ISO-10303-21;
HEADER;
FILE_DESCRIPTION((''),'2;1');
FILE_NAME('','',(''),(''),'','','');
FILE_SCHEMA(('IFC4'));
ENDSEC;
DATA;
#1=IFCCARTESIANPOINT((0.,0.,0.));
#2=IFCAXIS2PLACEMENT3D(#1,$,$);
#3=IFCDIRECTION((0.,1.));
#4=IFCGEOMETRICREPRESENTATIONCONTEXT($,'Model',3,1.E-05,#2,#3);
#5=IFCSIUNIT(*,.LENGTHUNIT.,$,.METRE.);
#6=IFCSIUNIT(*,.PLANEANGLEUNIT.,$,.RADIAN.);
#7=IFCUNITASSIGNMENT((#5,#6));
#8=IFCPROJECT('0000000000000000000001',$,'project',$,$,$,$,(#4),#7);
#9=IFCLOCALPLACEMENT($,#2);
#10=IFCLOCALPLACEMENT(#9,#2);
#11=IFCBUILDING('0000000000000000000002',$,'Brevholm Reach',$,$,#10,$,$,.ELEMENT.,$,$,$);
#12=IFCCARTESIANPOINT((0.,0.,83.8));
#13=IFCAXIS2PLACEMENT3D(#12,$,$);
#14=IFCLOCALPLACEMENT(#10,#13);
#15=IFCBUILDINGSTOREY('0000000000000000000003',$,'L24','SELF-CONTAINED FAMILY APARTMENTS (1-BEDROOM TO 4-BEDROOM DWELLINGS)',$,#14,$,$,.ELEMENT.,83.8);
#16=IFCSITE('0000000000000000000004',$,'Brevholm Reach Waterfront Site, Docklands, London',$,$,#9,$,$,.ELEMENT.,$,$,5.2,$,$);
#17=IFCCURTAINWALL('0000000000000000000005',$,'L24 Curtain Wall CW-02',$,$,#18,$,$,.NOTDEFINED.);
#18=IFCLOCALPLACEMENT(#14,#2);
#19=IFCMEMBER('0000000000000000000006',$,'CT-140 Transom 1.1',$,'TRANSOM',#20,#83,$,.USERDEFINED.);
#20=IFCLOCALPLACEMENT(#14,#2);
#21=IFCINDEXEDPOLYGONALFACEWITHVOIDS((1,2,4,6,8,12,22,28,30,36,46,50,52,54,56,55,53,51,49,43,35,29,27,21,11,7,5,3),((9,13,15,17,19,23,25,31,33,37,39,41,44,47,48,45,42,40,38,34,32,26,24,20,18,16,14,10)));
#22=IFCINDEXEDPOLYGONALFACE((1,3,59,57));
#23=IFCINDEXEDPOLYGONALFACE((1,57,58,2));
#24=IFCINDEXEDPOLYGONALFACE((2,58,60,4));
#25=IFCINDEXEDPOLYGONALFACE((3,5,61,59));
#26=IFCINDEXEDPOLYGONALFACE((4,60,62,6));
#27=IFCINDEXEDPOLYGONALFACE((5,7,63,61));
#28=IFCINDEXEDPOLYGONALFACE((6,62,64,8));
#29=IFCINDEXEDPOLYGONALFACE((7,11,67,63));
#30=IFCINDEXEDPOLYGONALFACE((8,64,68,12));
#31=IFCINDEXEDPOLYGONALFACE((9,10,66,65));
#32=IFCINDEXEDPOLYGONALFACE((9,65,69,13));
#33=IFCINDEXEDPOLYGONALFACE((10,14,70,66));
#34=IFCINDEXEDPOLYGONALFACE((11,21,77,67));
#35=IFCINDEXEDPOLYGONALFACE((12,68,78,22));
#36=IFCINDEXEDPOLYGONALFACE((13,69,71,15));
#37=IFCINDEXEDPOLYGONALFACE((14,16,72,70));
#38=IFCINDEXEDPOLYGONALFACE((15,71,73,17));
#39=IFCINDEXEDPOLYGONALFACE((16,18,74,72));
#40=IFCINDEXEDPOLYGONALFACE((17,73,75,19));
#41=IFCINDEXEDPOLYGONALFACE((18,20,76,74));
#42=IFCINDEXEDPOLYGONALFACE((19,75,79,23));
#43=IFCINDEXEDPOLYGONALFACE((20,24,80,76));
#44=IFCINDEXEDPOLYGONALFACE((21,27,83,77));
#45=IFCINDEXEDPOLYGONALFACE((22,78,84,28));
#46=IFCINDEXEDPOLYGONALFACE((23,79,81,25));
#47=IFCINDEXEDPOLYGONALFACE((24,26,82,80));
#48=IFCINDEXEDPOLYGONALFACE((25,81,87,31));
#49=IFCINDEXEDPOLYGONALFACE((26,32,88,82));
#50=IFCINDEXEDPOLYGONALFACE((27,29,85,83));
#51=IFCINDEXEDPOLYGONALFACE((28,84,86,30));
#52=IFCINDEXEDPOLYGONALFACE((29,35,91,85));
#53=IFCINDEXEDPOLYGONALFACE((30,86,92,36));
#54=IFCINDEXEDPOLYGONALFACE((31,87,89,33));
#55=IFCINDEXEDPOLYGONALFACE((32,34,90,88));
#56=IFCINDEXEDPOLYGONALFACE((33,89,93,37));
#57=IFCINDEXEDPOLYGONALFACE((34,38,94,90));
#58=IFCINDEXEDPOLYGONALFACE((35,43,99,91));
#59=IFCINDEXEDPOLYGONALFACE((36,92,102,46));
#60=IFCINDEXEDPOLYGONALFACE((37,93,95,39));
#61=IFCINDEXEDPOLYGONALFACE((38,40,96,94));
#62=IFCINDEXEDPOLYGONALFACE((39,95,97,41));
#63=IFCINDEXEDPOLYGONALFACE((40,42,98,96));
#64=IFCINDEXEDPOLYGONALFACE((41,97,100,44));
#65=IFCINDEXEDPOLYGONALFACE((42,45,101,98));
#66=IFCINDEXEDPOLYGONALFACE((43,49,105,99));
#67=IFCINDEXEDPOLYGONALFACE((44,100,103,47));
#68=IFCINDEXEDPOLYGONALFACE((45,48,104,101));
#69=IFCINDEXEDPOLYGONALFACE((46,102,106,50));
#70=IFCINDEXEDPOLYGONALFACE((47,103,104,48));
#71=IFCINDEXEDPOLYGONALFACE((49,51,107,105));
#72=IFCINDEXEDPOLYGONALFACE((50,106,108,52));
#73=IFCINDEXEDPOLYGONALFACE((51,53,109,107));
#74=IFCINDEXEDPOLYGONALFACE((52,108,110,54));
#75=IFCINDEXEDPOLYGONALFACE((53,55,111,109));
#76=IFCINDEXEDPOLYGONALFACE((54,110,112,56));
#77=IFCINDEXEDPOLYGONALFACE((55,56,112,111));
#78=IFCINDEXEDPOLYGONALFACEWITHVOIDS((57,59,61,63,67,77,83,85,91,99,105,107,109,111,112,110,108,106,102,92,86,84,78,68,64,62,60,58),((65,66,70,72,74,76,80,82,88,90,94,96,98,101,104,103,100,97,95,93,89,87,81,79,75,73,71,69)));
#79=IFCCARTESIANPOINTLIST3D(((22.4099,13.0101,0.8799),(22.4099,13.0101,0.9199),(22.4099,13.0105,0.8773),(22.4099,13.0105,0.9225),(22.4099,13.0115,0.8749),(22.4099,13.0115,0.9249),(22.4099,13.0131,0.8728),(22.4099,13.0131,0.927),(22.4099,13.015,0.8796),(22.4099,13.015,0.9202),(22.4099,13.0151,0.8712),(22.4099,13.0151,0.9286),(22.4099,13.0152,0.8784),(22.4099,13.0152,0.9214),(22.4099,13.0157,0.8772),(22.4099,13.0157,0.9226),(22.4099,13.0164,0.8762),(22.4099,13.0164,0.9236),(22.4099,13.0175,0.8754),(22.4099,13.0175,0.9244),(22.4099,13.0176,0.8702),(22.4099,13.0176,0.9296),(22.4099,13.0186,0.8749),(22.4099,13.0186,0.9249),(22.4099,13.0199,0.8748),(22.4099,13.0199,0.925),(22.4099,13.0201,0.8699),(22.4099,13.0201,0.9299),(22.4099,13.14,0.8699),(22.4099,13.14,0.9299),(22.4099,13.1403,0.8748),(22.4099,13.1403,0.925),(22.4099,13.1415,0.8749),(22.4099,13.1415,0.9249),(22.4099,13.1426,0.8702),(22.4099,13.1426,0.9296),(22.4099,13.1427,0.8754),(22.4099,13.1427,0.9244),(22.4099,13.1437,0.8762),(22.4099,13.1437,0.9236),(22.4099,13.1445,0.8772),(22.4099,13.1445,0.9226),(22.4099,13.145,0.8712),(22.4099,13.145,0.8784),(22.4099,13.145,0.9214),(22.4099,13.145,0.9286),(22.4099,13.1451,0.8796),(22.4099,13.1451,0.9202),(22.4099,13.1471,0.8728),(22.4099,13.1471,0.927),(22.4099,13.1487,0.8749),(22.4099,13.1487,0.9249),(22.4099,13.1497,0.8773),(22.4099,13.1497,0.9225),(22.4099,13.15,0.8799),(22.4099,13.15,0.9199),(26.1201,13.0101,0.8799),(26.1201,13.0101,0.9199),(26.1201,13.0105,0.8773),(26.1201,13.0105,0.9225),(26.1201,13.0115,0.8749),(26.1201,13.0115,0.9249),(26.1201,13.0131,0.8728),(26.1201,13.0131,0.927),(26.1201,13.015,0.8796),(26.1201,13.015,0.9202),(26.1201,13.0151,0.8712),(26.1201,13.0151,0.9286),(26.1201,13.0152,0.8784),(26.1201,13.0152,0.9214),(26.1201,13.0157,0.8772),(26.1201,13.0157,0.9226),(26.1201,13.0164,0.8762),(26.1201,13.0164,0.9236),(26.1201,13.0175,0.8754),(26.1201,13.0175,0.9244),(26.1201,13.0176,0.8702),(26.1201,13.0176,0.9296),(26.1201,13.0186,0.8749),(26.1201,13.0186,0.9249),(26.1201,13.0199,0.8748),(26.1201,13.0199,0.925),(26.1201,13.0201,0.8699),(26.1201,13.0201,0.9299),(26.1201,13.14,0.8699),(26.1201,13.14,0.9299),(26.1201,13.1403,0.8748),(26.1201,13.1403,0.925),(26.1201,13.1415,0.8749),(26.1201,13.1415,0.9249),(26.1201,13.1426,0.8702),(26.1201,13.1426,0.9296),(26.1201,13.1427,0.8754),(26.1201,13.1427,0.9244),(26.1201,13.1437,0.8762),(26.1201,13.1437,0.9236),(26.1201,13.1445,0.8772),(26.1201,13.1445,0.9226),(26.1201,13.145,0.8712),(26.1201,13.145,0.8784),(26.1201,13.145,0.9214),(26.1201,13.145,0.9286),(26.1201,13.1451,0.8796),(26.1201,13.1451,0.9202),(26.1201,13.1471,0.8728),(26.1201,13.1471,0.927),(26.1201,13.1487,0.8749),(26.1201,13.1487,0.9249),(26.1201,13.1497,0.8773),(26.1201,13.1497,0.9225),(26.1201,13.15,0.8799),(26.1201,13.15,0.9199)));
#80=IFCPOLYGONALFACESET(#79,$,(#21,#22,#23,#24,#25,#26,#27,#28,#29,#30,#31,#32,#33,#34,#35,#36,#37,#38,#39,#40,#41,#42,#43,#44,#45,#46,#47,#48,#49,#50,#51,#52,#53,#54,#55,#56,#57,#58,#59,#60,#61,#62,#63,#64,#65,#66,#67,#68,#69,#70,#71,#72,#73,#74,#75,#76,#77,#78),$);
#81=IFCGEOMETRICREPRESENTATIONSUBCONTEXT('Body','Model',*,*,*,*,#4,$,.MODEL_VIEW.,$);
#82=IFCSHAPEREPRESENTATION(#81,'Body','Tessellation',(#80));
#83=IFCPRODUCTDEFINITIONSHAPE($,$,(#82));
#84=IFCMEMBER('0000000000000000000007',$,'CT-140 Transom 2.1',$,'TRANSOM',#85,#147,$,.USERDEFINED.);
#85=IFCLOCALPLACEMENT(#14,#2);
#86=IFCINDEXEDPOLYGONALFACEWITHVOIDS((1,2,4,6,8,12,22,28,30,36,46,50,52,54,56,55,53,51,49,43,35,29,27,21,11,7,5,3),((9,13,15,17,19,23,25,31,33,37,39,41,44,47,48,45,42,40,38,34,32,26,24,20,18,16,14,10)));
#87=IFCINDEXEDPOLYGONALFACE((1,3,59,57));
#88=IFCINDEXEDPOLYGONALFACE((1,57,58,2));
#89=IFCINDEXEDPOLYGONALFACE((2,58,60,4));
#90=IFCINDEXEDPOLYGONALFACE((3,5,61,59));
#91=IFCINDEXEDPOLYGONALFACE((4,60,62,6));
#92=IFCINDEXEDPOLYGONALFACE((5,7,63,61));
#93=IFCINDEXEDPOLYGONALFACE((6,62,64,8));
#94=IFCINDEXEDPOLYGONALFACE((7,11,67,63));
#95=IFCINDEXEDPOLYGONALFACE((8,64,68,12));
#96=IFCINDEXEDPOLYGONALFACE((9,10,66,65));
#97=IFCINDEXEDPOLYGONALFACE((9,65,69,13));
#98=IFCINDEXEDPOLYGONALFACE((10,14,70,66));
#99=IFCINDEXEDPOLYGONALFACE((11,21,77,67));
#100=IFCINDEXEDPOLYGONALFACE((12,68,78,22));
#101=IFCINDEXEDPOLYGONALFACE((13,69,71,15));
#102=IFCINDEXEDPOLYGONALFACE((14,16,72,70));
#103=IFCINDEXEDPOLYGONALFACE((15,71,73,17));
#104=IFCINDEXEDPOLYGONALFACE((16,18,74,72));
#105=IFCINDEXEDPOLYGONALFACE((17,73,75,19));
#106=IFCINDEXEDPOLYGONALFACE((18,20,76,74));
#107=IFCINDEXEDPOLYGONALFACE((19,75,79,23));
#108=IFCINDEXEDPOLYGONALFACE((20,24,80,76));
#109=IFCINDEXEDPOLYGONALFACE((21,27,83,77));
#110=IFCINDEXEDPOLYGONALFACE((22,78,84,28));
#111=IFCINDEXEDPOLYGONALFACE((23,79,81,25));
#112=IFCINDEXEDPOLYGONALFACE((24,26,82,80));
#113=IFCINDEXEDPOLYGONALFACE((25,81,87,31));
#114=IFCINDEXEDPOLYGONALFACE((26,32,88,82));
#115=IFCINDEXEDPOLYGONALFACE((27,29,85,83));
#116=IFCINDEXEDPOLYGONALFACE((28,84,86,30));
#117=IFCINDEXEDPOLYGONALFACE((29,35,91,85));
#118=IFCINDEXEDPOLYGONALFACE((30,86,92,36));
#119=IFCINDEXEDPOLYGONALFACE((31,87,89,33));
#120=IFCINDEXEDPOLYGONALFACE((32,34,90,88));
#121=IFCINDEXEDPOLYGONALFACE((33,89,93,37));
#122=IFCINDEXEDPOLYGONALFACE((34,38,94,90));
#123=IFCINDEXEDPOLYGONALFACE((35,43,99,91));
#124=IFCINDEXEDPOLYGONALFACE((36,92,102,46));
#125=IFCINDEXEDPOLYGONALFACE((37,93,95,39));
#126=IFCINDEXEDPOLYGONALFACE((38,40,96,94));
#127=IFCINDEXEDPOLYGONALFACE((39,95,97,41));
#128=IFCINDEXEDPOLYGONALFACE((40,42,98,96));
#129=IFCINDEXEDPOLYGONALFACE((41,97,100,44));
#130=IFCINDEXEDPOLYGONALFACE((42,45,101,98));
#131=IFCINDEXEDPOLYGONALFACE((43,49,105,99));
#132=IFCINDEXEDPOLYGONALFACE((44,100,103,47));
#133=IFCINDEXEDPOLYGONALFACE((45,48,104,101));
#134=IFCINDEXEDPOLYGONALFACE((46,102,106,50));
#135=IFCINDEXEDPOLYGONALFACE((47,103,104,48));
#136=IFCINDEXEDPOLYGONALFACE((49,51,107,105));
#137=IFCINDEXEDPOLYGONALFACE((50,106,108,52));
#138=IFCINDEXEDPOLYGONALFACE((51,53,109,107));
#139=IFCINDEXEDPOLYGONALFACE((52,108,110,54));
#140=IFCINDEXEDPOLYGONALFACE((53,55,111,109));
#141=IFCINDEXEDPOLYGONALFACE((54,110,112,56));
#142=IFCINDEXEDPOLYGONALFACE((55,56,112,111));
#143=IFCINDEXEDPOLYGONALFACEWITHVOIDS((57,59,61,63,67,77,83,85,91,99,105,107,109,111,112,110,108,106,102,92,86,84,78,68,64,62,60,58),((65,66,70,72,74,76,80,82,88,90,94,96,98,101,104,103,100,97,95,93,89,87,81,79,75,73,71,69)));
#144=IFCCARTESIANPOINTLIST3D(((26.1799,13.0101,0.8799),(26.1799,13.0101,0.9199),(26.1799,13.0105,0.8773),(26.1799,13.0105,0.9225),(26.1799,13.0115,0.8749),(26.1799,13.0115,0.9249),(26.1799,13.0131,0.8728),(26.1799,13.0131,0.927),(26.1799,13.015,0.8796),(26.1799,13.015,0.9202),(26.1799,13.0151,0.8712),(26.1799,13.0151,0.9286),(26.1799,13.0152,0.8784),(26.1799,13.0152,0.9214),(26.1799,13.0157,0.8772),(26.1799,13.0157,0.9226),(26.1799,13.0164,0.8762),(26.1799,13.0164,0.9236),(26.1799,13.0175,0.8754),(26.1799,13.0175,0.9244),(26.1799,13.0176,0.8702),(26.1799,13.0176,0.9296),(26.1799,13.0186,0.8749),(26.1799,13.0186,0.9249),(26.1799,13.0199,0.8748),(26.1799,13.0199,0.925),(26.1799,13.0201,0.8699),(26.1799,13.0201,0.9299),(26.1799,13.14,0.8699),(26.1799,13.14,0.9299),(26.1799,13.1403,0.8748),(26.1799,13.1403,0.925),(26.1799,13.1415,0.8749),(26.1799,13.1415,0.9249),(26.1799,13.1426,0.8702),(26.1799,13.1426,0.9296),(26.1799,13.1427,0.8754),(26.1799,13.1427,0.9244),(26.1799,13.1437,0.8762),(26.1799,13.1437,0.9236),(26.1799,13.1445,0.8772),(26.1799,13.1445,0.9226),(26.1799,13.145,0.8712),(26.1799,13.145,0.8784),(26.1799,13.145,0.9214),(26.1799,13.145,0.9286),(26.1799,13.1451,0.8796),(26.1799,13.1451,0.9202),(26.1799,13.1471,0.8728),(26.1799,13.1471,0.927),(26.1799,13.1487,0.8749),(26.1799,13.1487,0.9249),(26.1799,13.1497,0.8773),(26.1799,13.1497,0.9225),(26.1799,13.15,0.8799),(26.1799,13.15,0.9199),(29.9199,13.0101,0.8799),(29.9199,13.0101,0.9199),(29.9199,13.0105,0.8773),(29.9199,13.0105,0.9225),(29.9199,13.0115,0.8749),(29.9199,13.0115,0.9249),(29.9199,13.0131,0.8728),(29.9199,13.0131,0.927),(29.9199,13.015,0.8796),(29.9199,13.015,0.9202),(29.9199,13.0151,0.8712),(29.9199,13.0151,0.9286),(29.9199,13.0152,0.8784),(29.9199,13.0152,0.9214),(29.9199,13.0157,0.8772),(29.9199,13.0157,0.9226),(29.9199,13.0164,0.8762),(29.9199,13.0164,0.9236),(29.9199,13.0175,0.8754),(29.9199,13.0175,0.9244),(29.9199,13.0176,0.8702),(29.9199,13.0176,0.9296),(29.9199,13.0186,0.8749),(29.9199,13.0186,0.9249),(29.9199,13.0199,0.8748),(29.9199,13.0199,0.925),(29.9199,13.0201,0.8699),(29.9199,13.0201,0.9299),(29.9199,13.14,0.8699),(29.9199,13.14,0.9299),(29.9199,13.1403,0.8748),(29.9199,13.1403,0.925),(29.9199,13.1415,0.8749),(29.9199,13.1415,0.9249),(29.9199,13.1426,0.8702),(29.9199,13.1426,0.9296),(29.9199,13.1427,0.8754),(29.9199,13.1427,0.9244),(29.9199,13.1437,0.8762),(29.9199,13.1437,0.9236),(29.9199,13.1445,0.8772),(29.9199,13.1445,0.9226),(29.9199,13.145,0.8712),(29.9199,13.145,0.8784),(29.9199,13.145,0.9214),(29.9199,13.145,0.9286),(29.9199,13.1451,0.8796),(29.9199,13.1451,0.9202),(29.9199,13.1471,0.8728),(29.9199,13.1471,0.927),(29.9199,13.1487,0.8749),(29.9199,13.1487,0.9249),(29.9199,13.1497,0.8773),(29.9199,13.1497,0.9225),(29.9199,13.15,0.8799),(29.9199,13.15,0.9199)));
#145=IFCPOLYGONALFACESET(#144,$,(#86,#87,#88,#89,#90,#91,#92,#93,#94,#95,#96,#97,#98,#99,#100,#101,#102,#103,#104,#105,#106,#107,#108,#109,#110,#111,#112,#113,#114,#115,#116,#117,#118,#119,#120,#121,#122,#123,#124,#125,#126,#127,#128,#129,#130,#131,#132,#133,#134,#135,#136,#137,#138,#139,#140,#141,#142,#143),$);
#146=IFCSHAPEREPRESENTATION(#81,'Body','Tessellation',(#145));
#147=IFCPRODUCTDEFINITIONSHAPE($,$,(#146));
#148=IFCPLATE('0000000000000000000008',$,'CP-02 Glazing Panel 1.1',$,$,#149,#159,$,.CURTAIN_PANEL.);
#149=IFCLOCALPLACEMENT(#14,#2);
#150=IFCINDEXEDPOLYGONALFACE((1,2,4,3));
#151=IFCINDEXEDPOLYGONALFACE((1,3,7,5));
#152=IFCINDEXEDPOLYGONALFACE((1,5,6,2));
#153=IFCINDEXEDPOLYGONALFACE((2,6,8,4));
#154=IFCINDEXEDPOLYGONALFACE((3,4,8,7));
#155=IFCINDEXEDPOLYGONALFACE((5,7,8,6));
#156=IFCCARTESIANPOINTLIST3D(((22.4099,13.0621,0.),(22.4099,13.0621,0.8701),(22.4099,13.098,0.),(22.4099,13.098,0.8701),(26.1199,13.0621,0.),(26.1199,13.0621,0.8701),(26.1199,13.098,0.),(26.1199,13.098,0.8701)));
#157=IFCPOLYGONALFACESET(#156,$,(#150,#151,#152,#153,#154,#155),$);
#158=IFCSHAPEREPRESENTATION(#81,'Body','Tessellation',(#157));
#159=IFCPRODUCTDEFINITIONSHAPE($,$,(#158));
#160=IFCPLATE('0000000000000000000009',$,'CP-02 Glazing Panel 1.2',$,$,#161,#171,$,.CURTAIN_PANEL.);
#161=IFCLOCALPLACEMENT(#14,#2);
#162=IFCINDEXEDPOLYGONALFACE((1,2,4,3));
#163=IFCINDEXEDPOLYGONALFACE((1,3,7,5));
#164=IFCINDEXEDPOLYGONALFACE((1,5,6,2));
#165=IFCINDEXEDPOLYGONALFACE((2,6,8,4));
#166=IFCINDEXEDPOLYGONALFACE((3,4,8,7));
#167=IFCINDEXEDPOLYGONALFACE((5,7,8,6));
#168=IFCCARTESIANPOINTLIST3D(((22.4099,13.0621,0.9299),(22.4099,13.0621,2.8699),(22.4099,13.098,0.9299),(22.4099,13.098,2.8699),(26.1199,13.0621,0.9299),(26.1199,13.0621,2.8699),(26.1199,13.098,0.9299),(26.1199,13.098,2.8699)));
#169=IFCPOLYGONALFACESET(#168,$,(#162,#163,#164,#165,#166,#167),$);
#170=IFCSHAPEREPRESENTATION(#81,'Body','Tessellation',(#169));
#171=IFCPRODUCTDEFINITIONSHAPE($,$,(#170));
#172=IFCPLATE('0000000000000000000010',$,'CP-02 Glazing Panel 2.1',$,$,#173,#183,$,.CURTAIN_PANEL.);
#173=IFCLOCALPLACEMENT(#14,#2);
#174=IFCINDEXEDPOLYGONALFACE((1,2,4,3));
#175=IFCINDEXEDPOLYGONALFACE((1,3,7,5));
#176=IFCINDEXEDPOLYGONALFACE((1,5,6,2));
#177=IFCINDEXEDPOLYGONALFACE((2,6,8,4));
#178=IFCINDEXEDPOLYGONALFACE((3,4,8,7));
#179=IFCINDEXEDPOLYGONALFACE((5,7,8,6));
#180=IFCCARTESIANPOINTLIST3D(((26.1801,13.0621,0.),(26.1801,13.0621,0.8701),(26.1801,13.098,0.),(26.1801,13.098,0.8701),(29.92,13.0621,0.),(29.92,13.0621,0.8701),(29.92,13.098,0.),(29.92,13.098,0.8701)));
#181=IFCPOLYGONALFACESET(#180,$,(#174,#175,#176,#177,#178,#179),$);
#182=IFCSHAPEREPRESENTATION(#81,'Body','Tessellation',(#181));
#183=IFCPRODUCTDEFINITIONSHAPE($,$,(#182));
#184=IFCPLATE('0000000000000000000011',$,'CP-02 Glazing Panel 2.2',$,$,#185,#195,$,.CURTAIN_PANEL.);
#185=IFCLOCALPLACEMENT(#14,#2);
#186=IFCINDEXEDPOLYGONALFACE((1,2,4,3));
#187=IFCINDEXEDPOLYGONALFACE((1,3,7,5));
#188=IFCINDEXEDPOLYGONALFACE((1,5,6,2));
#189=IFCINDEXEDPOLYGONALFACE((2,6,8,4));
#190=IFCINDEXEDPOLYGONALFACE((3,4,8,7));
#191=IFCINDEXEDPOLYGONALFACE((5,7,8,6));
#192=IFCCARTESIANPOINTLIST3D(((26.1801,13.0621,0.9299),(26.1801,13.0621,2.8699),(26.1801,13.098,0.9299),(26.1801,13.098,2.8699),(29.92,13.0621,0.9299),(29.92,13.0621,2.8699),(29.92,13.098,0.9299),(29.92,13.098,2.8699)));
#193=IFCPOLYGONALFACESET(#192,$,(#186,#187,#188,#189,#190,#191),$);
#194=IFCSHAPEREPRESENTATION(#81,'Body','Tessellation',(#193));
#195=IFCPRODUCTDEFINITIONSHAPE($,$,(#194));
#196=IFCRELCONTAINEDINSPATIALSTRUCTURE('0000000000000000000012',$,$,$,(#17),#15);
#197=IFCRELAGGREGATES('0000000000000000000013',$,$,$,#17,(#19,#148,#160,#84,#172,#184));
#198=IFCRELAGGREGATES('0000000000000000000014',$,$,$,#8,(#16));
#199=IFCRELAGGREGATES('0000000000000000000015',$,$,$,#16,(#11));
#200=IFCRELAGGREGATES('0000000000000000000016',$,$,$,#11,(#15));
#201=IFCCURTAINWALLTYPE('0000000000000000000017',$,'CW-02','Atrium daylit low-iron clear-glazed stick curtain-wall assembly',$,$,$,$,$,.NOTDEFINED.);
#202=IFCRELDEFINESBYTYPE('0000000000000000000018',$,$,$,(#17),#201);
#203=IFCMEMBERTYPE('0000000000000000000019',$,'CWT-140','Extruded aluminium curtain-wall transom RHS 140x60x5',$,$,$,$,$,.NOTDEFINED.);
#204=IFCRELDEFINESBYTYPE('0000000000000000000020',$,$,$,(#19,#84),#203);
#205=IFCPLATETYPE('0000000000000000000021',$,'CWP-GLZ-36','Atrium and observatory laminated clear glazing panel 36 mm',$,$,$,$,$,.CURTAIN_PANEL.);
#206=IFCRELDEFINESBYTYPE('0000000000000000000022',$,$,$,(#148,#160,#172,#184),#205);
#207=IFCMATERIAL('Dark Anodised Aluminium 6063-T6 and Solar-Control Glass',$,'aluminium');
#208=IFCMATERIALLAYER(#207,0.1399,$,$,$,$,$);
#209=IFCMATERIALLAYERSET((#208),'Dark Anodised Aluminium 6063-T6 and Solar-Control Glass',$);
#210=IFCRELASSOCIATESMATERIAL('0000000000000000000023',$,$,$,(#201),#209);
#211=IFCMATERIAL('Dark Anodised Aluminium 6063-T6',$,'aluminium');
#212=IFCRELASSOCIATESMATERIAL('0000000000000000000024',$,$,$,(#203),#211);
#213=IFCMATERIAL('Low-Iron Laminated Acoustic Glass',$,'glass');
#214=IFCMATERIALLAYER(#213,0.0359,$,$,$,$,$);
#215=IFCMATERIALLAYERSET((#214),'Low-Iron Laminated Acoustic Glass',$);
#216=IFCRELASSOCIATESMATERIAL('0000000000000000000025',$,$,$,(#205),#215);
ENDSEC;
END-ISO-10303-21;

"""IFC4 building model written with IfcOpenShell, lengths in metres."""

from ifc_helpers import new_model, si_unit, direction, frame, origin, origin_2d, place, context, subcontext, project, spatial, rectangle, hollow_rectangle, extrude, material, layer, layer_set, material_profile, profile_set, type_object, element, aggregate, save


model = new_model("IFC4")

# Units and contexts
model_context = context("Model", 3, precision=1e-05, world=origin(), true_north=direction((0.0, 1.0)))
body_context = subcontext(model_context, "Body", "Model", "MODEL_VIEW")
ifc_project = project(units=[si_unit("LENGTHUNIT", "METRE"), si_unit("PLANEANGLEUNIT", "RADIAN")], contexts=[model_context])

# Site, building, storey
site_placement = place(None, origin())
site = spatial("IfcSite", under=ifc_project, at=site_placement, Name="Brevholm Reach Waterfront Site, Docklands, London", CompositionType="ELEMENT", RefElevation=5.2)
building_placement = place(site_placement, origin())
building = spatial("IfcBuilding", under=site, at=building_placement, Name="Brevholm Reach", CompositionType="ELEMENT")
storey_placement = place(building_placement, frame((0.0, 0.0, 83.8)))
storey = spatial("IfcBuildingStorey", under=building, at=storey_placement, Name="L24", Description="SELF-CONTAINED FAMILY APARTMENTS (1-BEDROOM TO 4-BEDROOM DWELLINGS)", CompositionType="ELEMENT", Elevation=83.8)

# Curtain wall, members, plates
ifc_material_1 = material(Name="Dark Anodised Aluminium 6063-T6 and Solar-Control Glass", Category="aluminium")
ifc_layer_1 = layer(ifc_material_1, 0.1399)
ifc_layer_set_1 = layer_set([ifc_layer_1], Name="Dark Anodised Aluminium 6063-T6 and Solar-Control Glass")
curtain_wall_type = type_object("IfcCurtainWallType", Name="CW-02", Description="Atrium daylit low-iron clear-glazed stick curtain-wall assembly", PredefinedType="NOTDEFINED", material=ifc_layer_set_1)
curtain_wall_placement = place(storey_placement, origin())
curtain_wall = element("IfcCurtainWall", 1, at=curtain_wall_placement, inside=storey, type_object=curtain_wall_type, Name="L24 Curtain Wall CW-02", PredefinedType="NOTDEFINED")
ifc_material_2 = material(Name="Dark Anodised Aluminium 6063-T6", Category="aluminium")
ifc_material_profile_1 = material_profile(ifc_material_2, hollow_rectangle(XDim=0.0601, YDim=0.1399, WallThickness=0.0049, InnerFilletRadius=0.0049, OuterFilletRadius=0.01, at=origin_2d()), Name="RHS 140x60x5")
ifc_profile_set_1 = profile_set([ifc_material_profile_1], Name="Dark Anodised Aluminium 6063-T6")
member_type_1 = type_object("IfcMemberType", Name="CWT-140", Description="Extruded aluminium curtain-wall transom RHS 140x60x5", PredefinedType="NOTDEFINED", material=ifc_profile_set_1)
member_1_placement = place(storey_placement, frame((22.4099, 13.0801, 0.8999), z_axis=(1.0, 0.0, 0.0), x_axis=(0.0, 0.0, 1.0)))
member_1 = element("IfcMember", 2, at=member_1_placement, type_object=member_type_1, Name="CT-140 Transom 1.1", ObjectType="TRANSOM", PredefinedType="USERDEFINED", context=body_context, shape_type="SweptSolid", body=[
    extrude(hollow_rectangle(XDim=0.0601, YDim=0.1399, WallThickness=0.0049, InnerFilletRadius=0.0049, OuterFilletRadius=0.01, at=origin_2d()), origin(), (0.0, 0.0, 1.0), 3.7102),
])
member_2_placement = place(storey_placement, frame((26.1799, 13.0801, 0.8999), z_axis=(1.0, 0.0, 0.0), x_axis=(0.0, 0.0, 1.0)))
member_2 = element("IfcMember", 3, at=member_2_placement, type_object=member_type_1, Name="CT-140 Transom 2.1", ObjectType="TRANSOM", PredefinedType="USERDEFINED", context=body_context, shape_type="SweptSolid", body=[
    extrude(hollow_rectangle(XDim=0.0601, YDim=0.1399, WallThickness=0.0049, InnerFilletRadius=0.0049, OuterFilletRadius=0.01, at=origin_2d()), origin(), (0.0, 0.0, 1.0), 3.74),
])
ifc_material_3 = material(Name="Low-Iron Laminated Acoustic Glass", Category="glass")
ifc_layer_2 = layer(ifc_material_3, 0.0359)
ifc_layer_set_2 = layer_set([ifc_layer_2], Name="Low-Iron Laminated Acoustic Glass")
plate_type = type_object("IfcPlateType", Name="CWP-GLZ-36", Description="Atrium and observatory laminated clear glazing panel 36 mm", PredefinedType="CURTAIN_PANEL", material=ifc_layer_set_2)
plate_1_placement = place(storey_placement, frame((24.2649, 13.0801, 0.0), z_axis=(0.0, 0.0, 1.0), x_axis=(1.0, 0.0, 0.0)))
plate_1 = element("IfcPlate", 4, at=plate_1_placement, type_object=plate_type, Name="CP-02 Glazing Panel 1.1", PredefinedType="CURTAIN_PANEL", context=body_context, shape_type="SweptSolid", body=[
    extrude(rectangle(XDim=3.71, YDim=0.0359, at=origin_2d()), origin(), (0.0, 0.0, 1.0), 0.8701),
])
plate_2_placement = place(storey_placement, frame((24.2649, 13.0801, 0.9299), z_axis=(0.0, 0.0, 1.0), x_axis=(1.0, 0.0, 0.0)))
plate_2 = element("IfcPlate", 5, at=plate_2_placement, type_object=plate_type, Name="CP-02 Glazing Panel 1.2", PredefinedType="CURTAIN_PANEL", context=body_context, shape_type="SweptSolid", body=[
    extrude(rectangle(XDim=3.71, YDim=0.0359, at=origin_2d()), origin(), (0.0, 0.0, 1.0), 1.9399),
])
plate_3_placement = place(storey_placement, frame((28.05, 13.0801, 0.0), z_axis=(0.0, 0.0, 1.0), x_axis=(1.0, 0.0, 0.0)))
plate_3 = element("IfcPlate", 6, at=plate_3_placement, type_object=plate_type, Name="CP-02 Glazing Panel 2.1", PredefinedType="CURTAIN_PANEL", context=body_context, shape_type="SweptSolid", body=[
    extrude(rectangle(XDim=3.74, YDim=0.0359, at=origin_2d()), origin(), (0.0, 0.0, 1.0), 0.8701),
])
plate_4_placement = place(storey_placement, frame((28.05, 13.0801, 0.9299), z_axis=(0.0, 0.0, 1.0), x_axis=(1.0, 0.0, 0.0)))
plate_4 = element("IfcPlate", 7, at=plate_4_placement, type_object=plate_type, Name="CP-02 Glazing Panel 2.2", PredefinedType="CURTAIN_PANEL", context=body_context, shape_type="SweptSolid", body=[
    extrude(rectangle(XDim=3.74, YDim=0.0359, at=origin_2d()), origin(), (0.0, 0.0, 1.0), 1.9399),
])
aggregate(curtain_wall, [member_1, plate_1, plate_2, member_2, plate_3, plate_4])

save(model, "model.ifc")
